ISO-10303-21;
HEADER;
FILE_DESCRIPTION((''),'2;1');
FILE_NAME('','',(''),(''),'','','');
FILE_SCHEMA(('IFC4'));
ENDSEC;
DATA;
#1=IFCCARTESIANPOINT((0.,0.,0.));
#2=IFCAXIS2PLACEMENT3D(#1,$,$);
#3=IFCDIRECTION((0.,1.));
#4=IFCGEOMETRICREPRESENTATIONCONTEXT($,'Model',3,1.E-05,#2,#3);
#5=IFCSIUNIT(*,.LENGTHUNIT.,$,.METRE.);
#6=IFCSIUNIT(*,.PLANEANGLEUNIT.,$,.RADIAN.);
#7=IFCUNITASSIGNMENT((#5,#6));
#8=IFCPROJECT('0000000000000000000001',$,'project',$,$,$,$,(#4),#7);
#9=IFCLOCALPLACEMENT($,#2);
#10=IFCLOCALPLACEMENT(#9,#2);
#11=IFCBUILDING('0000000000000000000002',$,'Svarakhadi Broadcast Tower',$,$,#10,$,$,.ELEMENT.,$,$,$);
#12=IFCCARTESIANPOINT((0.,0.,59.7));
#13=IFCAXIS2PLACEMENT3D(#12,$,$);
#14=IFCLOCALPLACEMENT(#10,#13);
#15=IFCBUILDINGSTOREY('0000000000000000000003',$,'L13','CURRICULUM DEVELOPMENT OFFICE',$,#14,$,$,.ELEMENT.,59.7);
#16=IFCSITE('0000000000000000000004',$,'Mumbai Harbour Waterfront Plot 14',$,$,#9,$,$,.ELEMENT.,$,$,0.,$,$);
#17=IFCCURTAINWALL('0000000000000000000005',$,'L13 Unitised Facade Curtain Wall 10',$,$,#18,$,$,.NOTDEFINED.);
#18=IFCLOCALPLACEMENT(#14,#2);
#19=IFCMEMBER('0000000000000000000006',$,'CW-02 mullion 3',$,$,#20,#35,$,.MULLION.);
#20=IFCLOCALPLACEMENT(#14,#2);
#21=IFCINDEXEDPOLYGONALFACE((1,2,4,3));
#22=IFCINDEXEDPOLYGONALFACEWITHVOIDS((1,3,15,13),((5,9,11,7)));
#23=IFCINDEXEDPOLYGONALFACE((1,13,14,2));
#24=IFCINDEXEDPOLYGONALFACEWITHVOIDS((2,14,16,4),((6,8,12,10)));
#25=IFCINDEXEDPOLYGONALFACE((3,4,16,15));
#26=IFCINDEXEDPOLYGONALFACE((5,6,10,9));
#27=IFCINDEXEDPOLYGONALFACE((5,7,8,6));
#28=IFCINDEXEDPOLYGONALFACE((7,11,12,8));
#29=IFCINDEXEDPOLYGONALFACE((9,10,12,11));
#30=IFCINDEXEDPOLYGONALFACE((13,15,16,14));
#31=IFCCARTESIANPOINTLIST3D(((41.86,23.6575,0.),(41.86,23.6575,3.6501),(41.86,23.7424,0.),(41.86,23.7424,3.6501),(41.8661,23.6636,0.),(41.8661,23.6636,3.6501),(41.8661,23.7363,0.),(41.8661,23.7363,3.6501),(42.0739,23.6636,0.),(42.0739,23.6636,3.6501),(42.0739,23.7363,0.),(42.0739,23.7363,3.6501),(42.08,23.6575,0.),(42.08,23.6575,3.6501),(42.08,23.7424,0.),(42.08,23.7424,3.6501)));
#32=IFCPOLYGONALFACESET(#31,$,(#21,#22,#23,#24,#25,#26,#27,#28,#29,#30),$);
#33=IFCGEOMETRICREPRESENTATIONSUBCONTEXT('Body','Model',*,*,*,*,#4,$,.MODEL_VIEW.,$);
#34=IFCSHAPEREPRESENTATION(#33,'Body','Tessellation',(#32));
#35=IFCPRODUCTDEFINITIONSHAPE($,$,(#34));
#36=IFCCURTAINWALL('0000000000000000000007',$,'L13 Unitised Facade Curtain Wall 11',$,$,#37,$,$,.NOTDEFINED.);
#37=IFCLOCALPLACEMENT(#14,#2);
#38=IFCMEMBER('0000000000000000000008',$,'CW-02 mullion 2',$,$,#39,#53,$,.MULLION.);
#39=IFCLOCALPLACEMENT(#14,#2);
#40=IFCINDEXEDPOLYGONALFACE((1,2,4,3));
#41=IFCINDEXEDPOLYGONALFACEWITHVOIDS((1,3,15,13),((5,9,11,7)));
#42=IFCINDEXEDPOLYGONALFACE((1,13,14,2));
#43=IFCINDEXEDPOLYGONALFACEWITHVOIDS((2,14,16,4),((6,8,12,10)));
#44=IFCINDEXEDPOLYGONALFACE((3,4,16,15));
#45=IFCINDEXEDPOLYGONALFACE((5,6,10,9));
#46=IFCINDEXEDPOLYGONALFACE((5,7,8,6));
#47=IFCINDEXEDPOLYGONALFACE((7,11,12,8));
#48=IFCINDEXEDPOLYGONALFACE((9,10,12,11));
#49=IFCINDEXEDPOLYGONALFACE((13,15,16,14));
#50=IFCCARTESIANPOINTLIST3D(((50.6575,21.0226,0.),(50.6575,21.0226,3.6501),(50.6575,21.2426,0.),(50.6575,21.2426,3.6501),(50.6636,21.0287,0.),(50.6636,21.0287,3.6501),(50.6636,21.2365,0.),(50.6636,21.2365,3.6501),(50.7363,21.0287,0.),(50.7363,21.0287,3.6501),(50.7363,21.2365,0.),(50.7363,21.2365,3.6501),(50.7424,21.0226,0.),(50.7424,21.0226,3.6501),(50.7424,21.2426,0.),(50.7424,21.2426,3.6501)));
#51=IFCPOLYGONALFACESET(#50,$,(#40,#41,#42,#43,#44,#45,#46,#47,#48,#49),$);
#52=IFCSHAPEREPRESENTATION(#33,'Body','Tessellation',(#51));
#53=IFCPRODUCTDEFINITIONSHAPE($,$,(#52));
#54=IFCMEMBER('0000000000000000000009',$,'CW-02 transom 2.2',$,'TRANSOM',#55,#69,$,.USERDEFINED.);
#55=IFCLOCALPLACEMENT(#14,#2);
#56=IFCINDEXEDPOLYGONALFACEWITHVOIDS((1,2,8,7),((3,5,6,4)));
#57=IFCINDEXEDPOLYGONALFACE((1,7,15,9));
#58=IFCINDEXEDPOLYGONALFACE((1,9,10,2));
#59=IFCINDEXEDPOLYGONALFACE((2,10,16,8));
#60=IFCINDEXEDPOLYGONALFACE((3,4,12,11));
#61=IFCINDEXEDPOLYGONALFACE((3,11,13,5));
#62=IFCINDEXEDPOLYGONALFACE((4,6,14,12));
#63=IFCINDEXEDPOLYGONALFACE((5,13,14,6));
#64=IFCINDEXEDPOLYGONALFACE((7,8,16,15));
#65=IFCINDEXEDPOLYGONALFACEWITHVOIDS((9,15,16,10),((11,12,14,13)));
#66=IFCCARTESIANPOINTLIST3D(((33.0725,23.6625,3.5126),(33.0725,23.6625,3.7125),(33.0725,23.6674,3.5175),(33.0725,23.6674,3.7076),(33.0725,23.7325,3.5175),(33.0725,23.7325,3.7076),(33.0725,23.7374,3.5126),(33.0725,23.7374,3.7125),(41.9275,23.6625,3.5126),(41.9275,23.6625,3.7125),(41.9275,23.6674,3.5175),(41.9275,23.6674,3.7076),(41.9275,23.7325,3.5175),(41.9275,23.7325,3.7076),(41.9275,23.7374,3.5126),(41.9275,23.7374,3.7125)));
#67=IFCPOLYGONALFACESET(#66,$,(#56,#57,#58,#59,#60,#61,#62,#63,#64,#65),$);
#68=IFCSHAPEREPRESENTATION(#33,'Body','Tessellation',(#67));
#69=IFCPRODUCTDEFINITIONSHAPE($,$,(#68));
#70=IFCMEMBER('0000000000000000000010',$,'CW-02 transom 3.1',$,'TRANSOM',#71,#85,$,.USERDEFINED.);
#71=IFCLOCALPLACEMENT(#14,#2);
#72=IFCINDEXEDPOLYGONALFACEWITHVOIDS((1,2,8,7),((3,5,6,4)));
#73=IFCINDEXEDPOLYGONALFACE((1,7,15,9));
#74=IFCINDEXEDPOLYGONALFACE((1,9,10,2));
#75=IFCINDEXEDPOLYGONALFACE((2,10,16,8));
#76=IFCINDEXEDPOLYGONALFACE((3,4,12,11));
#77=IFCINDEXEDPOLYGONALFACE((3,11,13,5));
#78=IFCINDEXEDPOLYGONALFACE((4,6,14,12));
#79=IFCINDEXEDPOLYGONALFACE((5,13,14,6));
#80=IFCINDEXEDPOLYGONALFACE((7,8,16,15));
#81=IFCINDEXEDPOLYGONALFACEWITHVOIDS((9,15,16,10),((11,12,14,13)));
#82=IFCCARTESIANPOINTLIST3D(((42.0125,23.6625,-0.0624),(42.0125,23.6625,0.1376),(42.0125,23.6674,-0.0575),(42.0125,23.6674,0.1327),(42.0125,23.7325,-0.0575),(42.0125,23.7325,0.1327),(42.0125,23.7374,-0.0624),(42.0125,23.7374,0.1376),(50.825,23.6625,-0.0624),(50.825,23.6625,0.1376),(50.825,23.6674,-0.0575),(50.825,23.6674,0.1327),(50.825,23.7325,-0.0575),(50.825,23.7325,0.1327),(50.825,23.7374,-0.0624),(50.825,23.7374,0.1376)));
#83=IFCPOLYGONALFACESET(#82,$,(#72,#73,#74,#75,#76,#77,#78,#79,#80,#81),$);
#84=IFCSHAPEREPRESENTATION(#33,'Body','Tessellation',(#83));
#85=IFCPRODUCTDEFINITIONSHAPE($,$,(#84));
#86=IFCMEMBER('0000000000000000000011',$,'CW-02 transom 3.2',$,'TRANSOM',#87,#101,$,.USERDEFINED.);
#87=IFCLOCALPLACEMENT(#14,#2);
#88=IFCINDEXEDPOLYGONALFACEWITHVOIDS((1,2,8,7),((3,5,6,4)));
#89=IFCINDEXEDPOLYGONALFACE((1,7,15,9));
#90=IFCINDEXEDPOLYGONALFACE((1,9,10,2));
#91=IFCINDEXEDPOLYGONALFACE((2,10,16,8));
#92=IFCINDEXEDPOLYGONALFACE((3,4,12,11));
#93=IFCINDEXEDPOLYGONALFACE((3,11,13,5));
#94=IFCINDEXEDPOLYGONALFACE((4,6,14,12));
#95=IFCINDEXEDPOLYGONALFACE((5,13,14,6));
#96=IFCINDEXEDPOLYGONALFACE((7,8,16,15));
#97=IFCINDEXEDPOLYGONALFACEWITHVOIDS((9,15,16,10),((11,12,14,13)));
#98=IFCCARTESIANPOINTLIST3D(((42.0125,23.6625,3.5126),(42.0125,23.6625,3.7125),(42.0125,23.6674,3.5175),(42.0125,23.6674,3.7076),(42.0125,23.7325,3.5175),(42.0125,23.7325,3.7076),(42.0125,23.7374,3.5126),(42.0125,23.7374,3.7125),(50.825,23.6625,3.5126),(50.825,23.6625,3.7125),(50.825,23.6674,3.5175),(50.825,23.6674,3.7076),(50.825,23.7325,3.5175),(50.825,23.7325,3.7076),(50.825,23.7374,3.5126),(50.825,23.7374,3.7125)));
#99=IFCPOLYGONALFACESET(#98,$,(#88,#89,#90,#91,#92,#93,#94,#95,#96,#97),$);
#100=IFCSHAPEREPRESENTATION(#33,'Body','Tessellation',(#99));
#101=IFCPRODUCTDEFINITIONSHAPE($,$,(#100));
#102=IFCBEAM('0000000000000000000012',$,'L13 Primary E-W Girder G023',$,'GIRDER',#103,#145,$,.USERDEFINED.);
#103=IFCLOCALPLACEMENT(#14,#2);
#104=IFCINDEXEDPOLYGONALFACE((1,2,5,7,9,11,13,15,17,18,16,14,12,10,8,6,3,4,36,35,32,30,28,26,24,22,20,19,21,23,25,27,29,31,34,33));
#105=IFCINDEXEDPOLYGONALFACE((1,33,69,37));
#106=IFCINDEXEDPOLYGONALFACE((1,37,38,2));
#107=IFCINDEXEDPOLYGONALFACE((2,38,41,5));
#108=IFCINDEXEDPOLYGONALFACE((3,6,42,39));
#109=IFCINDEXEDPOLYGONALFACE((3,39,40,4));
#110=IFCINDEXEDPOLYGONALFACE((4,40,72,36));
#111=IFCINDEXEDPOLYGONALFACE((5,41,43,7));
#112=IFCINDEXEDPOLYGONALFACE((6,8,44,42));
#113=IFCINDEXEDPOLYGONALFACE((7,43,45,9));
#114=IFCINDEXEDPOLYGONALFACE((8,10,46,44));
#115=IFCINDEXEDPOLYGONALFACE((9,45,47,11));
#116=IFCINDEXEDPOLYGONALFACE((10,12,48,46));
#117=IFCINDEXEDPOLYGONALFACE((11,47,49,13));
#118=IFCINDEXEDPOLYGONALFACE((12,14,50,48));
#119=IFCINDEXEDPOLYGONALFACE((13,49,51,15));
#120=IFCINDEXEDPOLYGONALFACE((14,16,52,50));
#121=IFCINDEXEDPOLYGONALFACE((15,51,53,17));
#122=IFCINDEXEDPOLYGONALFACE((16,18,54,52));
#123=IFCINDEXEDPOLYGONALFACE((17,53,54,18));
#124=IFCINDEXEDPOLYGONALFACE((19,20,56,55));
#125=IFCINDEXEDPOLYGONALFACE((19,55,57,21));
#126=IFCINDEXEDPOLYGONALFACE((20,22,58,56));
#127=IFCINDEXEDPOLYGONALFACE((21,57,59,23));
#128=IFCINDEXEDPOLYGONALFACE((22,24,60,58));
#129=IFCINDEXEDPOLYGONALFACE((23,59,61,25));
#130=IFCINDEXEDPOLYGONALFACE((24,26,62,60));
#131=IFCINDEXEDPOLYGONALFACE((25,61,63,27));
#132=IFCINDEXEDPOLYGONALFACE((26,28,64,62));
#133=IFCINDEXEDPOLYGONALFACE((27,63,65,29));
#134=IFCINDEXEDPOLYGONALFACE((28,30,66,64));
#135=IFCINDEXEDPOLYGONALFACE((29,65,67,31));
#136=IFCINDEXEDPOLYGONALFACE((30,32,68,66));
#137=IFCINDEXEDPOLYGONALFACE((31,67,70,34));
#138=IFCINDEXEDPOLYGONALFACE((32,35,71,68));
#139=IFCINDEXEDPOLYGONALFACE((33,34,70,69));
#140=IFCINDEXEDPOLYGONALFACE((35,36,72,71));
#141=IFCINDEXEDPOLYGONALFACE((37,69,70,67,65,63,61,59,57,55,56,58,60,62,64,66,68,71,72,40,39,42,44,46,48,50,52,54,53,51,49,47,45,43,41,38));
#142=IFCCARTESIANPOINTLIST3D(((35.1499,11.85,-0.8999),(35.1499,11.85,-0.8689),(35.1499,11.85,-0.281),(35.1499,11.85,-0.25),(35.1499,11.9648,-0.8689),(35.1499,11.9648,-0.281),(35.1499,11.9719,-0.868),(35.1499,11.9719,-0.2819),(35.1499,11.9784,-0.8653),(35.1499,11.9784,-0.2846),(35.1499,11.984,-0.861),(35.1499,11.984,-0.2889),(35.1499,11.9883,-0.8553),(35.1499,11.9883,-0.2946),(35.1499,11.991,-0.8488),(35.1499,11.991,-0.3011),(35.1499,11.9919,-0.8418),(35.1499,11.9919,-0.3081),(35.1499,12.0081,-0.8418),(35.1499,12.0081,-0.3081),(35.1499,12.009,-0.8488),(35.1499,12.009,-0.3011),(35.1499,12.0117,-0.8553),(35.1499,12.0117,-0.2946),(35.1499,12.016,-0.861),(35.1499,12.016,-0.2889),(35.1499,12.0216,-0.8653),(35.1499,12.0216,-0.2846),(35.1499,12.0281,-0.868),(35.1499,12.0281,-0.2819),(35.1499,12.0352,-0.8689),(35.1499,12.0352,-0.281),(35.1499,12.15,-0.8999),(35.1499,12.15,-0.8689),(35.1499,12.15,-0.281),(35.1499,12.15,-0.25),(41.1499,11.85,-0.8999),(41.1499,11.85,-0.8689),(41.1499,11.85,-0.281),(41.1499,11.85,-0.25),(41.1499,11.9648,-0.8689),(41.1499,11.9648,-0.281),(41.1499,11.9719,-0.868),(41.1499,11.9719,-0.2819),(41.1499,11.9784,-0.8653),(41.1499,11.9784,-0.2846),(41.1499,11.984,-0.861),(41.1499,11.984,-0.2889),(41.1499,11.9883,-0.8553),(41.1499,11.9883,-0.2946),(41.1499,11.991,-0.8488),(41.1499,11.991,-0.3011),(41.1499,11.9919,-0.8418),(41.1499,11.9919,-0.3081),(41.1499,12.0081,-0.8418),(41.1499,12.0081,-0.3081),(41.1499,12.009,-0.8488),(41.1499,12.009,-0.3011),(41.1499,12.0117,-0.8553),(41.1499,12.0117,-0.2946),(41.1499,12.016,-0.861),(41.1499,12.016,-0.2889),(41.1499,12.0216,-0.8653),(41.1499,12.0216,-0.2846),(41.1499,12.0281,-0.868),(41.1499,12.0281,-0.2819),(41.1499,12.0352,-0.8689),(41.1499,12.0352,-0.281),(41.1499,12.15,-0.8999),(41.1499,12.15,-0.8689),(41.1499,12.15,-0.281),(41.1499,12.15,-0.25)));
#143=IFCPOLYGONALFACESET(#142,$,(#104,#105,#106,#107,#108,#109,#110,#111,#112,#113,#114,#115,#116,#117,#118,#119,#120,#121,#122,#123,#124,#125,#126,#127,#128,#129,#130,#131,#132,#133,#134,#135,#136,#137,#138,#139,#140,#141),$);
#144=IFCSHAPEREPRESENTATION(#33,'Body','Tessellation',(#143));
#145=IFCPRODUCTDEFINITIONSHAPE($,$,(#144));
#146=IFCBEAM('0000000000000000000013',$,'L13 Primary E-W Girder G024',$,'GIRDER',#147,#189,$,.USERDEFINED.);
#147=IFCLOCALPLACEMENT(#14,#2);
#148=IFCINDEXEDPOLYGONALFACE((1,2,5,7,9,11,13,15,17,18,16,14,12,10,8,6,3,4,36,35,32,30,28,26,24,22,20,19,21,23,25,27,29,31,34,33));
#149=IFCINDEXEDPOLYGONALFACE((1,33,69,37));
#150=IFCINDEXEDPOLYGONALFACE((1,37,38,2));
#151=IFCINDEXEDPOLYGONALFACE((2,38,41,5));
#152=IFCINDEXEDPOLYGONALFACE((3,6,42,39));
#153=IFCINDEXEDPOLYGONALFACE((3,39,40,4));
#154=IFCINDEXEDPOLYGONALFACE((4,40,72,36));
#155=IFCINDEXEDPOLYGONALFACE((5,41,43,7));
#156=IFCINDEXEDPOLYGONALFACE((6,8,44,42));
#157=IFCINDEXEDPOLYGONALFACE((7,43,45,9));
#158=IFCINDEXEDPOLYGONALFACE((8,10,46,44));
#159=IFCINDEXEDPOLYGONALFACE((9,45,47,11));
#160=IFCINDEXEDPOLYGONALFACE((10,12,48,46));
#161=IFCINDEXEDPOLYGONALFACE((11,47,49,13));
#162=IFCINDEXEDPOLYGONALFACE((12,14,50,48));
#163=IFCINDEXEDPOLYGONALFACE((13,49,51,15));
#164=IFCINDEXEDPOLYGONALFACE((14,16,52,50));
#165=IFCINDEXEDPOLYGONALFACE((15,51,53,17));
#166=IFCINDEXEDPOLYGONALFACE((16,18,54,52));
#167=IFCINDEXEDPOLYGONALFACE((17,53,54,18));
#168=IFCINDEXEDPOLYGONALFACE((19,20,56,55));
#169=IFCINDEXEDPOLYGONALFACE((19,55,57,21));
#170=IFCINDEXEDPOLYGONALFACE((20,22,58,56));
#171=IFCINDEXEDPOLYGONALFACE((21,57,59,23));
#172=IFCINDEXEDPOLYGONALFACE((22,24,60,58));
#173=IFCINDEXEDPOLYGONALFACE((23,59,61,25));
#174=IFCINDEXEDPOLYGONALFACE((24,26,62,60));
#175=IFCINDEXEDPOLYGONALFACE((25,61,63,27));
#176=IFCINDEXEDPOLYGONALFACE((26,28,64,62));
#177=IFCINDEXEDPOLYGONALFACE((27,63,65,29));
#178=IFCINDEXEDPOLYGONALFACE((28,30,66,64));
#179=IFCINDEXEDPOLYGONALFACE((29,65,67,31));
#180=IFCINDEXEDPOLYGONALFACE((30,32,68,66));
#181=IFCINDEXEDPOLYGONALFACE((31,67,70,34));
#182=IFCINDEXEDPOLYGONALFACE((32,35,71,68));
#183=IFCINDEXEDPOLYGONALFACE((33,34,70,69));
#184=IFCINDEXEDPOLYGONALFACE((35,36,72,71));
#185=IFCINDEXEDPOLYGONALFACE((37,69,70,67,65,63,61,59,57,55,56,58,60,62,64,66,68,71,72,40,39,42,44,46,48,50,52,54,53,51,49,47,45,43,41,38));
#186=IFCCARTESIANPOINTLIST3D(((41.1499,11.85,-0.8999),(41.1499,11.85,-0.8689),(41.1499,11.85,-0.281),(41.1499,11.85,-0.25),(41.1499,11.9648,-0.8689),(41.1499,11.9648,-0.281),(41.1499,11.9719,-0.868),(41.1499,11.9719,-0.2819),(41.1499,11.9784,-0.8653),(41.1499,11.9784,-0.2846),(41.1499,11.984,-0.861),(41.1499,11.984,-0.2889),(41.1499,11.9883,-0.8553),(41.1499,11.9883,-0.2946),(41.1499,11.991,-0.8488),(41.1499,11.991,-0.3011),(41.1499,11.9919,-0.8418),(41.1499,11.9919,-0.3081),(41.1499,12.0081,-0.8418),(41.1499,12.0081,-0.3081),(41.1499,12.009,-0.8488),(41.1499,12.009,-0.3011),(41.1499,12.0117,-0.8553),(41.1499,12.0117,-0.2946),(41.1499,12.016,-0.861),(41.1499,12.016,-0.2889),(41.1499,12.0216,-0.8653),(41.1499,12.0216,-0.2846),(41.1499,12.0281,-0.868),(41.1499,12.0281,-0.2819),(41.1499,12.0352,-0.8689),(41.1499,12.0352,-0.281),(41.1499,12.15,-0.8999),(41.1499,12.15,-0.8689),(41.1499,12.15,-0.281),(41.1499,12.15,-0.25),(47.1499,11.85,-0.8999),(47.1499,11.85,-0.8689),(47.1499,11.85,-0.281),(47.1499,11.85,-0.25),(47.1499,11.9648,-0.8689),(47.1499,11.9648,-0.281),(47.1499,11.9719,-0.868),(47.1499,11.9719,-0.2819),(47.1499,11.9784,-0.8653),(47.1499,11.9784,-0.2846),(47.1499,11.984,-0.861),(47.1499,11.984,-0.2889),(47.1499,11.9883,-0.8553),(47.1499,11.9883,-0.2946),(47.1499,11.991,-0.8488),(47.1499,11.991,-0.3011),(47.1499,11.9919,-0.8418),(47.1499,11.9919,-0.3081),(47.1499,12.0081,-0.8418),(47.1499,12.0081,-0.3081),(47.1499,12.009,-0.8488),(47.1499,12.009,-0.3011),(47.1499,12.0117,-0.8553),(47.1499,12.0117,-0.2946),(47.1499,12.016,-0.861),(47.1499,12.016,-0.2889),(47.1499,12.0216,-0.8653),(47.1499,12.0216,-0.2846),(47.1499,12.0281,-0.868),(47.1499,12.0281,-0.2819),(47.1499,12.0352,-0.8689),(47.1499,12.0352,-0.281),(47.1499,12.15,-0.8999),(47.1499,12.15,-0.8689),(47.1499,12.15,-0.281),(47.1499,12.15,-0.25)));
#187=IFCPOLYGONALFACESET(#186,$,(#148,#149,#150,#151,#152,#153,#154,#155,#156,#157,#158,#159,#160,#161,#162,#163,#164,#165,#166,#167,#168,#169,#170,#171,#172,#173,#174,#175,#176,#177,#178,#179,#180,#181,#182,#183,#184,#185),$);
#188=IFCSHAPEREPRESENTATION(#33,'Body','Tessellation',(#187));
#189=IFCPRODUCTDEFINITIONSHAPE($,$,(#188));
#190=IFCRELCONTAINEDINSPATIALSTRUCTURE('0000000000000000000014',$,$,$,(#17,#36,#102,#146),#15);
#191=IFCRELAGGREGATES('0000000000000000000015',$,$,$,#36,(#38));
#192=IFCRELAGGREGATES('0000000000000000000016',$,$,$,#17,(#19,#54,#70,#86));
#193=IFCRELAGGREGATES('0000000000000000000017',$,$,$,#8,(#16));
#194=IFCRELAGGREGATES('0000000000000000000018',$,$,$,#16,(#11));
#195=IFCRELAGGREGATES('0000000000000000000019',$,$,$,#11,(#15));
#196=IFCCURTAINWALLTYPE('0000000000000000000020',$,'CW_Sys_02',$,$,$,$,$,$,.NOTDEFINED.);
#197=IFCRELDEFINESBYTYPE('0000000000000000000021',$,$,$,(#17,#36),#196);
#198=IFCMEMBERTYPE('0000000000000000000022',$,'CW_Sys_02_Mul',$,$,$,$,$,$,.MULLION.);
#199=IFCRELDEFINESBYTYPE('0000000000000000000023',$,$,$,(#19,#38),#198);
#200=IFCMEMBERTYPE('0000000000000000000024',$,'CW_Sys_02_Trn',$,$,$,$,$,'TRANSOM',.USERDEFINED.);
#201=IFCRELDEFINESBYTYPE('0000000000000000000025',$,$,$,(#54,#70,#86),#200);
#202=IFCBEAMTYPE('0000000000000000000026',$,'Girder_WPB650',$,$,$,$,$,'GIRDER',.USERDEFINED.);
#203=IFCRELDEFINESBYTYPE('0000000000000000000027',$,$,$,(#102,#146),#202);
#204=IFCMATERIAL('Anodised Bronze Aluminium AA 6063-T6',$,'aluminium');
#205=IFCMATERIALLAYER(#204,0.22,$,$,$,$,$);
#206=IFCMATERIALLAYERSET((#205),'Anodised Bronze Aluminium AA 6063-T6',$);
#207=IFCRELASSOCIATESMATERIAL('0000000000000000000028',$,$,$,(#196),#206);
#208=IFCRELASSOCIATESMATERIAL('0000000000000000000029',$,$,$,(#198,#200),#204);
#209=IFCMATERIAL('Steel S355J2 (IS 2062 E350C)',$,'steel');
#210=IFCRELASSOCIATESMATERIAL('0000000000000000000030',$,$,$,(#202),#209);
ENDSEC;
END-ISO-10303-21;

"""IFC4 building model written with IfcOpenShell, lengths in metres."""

from ifc_helpers import new_model, si_unit, direction, frame, origin, origin_2d, place, context, subcontext, project, spatial, hollow_rectangle, i_section, extrude, material, layer, layer_set, material_profile, profile_set, type_object, element, aggregate, save


model = new_model("IFC4")

# Units and contexts
model_context = context("Model", 3, precision=1e-05, world=origin(), true_north=direction((0.0, 1.0)))
body_context = subcontext(model_context, "Body", "Model", "MODEL_VIEW")
ifc_project = project(units=[si_unit("LENGTHUNIT", "METRE"), si_unit("PLANEANGLEUNIT", "RADIAN")], contexts=[model_context])

# Site, building, storey
site_placement = place(None, origin())
site = spatial("IfcSite", under=ifc_project, at=site_placement, Name="Mumbai Harbour Waterfront Plot 14", CompositionType="ELEMENT", RefElevation=0.0)
building_placement = place(site_placement, origin())
building = spatial("IfcBuilding", under=site, at=building_placement, Name="Svarakhadi Broadcast Tower", CompositionType="ELEMENT")
storey_placement = place(building_placement, frame((0.0, 0.0, 59.7)))
storey = spatial("IfcBuildingStorey", under=building, at=storey_placement, Name="L13", Description="CURRICULUM DEVELOPMENT OFFICE", CompositionType="ELEMENT", Elevation=59.7)

# Shared definitions
ifc_material_1 = material(Name="Steel S355J2 (IS 2062 E350C)", Category="steel")

# Curtain walls, members
ifc_material_2 = material(Name="Anodised Bronze Aluminium AA 6063-T6", Category="aluminium")
ifc_layer_1 = layer(ifc_material_2, 0.22)
ifc_layer_set_1 = layer_set([ifc_layer_1], Name="Anodised Bronze Aluminium AA 6063-T6")
curtain_wall_type = type_object("IfcCurtainWallType", Name="CW_Sys_02", PredefinedType="NOTDEFINED", material=ifc_layer_set_1)
curtain_wall_1_placement = place(storey_placement, origin())
curtain_wall_1 = element("IfcCurtainWall", 1, at=curtain_wall_1_placement, inside=storey, type_object=curtain_wall_type, Name="L13 Unitised Facade Curtain Wall 10", PredefinedType="NOTDEFINED")
ifc_material_profile_1 = material_profile(ifc_material_2, hollow_rectangle(XDim=0.085, YDim=0.22, WallThickness=0.0061, at=origin_2d()), Name="ALU MULLION 220x85x6")
ifc_profile_set_1 = profile_set([ifc_material_profile_1], Name="Anodised Bronze Aluminium AA 6063-T6")
member_type_1 = type_object("IfcMemberType", Name="CW_Sys_02_Mul", PredefinedType="MULLION", material=ifc_profile_set_1)
member_1_placement = place(storey_placement, frame((41.97, 23.7, 0.0), z_axis=(0.0, 0.0, 1.0), x_axis=(0.0, 1.0, 0.0)))
member_1 = element("IfcMember", 2, at=member_1_placement, type_object=member_type_1, Name="CW-02 mullion 3", PredefinedType="MULLION", context=body_context, shape_type="SweptSolid", body=[
    extrude(hollow_rectangle(XDim=0.085, YDim=0.22, WallThickness=0.0061, at=origin_2d()), origin(), (0.0, 0.0, 1.0), 3.6501),
])
curtain_wall_2_placement = place(storey_placement, origin())
curtain_wall_2 = element("IfcCurtainWall", 3, at=curtain_wall_2_placement, inside=storey, type_object=curtain_wall_type, Name="L13 Unitised Facade Curtain Wall 11", PredefinedType="NOTDEFINED")
member_2_placement = place(storey_placement, frame((50.7, 21.1326, 0.0), z_axis=(0.0, 0.0, 1.0), x_axis=(1.0, 0.0, 0.0)))
member_2 = element("IfcMember", 4, at=member_2_placement, type_object=member_type_1, Name="CW-02 mullion 2", PredefinedType="MULLION", context=body_context, shape_type="SweptSolid", body=[
    extrude(hollow_rectangle(XDim=0.085, YDim=0.22, WallThickness=0.0061, at=origin_2d()), origin(), (0.0, 0.0, 1.0), 3.6501),
])
aggregate(curtain_wall_2, [member_2])

# Members
ifc_material_profile_2 = material_profile(ifc_material_2, hollow_rectangle(XDim=0.075, YDim=0.2, WallThickness=0.0049, at=origin_2d()), Name="ALU TRANSOM 200x75x5")
ifc_profile_set_2 = profile_set([ifc_material_profile_2], Name="Anodised Bronze Aluminium AA 6063-T6")
member_type_2 = type_object("IfcMemberType", Name="CW_Sys_02_Trn", ElementType="TRANSOM", PredefinedType="USERDEFINED", material=ifc_profile_set_2)
member_3_placement = place(storey_placement, frame((33.0725, 23.7, 3.6125), z_axis=(1.0, 0.0, 0.0), x_axis=(0.0, 1.0, 0.0)))
member_3 = element("IfcMember", 5, at=member_3_placement, type_object=member_type_2, Name="CW-02 transom 2.2", ObjectType="TRANSOM", PredefinedType="USERDEFINED", context=body_context, shape_type="SweptSolid", body=[
    extrude(hollow_rectangle(XDim=0.075, YDim=0.2, WallThickness=0.0049, at=origin_2d()), origin(), (0.0, 0.0, 1.0), 8.855),
])
member_4_placement = place(storey_placement, frame((42.0125, 23.7, 0.0376), z_axis=(1.0, 0.0, 0.0), x_axis=(0.0, 1.0, 0.0)))
member_4 = element("IfcMember", 6, at=member_4_placement, type_object=member_type_2, Name="CW-02 transom 3.1", ObjectType="TRANSOM", PredefinedType="USERDEFINED", context=body_context, shape_type="SweptSolid", body=[
    extrude(hollow_rectangle(XDim=0.075, YDim=0.2, WallThickness=0.0049, at=origin_2d()), origin(), (0.0, 0.0, 1.0), 8.8125),
])
member_5_placement = place(storey_placement, frame((42.0125, 23.7, 3.6125), z_axis=(1.0, 0.0, 0.0), x_axis=(0.0, 1.0, 0.0)))
member_5 = element("IfcMember", 7, at=member_5_placement, type_object=member_type_2, Name="CW-02 transom 3.2", ObjectType="TRANSOM", PredefinedType="USERDEFINED", context=body_context, shape_type="SweptSolid", body=[
    extrude(hollow_rectangle(XDim=0.075, YDim=0.2, WallThickness=0.0049, at=origin_2d()), origin(), (0.0, 0.0, 1.0), 8.8125),
])

# Beams
ifc_material_profile_3 = material_profile(ifc_material_1, i_section(OverallWidth=0.3, OverallDepth=0.6499, WebThickness=0.0161, FlangeThickness=0.031, FilletRadius=0.0271, at=origin_2d()), Name="WPB 650x300x225")
ifc_profile_set_3 = profile_set([ifc_material_profile_3], Name="Steel S355J2 (IS 2062 E350C)")
beam_type_1 = type_object("IfcBeamType", Name="Girder_WPB650", ElementType="GIRDER", PredefinedType="USERDEFINED", material=ifc_profile_set_3)
for number, where, z_axis, x_axis, name in (
    (8, (35.1499, 12.0, -0.575), (1.0, 0.0, 0.0), (0.0, 1.0, 0.0), "L13 Primary E-W Girder G023"),
    (9, (41.1499, 12.0, -0.575), (1.0, 0.0, 0.0), (0.0, 1.0, 0.0), "L13 Primary E-W Girder G024"),
):
    element("IfcBeam", number, at=place(storey_placement, frame(where, z_axis=z_axis, x_axis=x_axis)), inside=storey, type_object=beam_type_1, Name=name, ObjectType="GIRDER", PredefinedType="USERDEFINED", context=body_context, shape_type="SweptSolid", body=[
        extrude(i_section(OverallWidth=0.3, OverallDepth=0.6499, WebThickness=0.0161, FlangeThickness=0.031, FilletRadius=0.0271, at=origin_2d()), origin(), (0.0, 0.0, 1.0), 6.0),
    ])

aggregate(curtain_wall_1, [member_1, member_3, member_4, member_5])

save(model, "model.ifc")
